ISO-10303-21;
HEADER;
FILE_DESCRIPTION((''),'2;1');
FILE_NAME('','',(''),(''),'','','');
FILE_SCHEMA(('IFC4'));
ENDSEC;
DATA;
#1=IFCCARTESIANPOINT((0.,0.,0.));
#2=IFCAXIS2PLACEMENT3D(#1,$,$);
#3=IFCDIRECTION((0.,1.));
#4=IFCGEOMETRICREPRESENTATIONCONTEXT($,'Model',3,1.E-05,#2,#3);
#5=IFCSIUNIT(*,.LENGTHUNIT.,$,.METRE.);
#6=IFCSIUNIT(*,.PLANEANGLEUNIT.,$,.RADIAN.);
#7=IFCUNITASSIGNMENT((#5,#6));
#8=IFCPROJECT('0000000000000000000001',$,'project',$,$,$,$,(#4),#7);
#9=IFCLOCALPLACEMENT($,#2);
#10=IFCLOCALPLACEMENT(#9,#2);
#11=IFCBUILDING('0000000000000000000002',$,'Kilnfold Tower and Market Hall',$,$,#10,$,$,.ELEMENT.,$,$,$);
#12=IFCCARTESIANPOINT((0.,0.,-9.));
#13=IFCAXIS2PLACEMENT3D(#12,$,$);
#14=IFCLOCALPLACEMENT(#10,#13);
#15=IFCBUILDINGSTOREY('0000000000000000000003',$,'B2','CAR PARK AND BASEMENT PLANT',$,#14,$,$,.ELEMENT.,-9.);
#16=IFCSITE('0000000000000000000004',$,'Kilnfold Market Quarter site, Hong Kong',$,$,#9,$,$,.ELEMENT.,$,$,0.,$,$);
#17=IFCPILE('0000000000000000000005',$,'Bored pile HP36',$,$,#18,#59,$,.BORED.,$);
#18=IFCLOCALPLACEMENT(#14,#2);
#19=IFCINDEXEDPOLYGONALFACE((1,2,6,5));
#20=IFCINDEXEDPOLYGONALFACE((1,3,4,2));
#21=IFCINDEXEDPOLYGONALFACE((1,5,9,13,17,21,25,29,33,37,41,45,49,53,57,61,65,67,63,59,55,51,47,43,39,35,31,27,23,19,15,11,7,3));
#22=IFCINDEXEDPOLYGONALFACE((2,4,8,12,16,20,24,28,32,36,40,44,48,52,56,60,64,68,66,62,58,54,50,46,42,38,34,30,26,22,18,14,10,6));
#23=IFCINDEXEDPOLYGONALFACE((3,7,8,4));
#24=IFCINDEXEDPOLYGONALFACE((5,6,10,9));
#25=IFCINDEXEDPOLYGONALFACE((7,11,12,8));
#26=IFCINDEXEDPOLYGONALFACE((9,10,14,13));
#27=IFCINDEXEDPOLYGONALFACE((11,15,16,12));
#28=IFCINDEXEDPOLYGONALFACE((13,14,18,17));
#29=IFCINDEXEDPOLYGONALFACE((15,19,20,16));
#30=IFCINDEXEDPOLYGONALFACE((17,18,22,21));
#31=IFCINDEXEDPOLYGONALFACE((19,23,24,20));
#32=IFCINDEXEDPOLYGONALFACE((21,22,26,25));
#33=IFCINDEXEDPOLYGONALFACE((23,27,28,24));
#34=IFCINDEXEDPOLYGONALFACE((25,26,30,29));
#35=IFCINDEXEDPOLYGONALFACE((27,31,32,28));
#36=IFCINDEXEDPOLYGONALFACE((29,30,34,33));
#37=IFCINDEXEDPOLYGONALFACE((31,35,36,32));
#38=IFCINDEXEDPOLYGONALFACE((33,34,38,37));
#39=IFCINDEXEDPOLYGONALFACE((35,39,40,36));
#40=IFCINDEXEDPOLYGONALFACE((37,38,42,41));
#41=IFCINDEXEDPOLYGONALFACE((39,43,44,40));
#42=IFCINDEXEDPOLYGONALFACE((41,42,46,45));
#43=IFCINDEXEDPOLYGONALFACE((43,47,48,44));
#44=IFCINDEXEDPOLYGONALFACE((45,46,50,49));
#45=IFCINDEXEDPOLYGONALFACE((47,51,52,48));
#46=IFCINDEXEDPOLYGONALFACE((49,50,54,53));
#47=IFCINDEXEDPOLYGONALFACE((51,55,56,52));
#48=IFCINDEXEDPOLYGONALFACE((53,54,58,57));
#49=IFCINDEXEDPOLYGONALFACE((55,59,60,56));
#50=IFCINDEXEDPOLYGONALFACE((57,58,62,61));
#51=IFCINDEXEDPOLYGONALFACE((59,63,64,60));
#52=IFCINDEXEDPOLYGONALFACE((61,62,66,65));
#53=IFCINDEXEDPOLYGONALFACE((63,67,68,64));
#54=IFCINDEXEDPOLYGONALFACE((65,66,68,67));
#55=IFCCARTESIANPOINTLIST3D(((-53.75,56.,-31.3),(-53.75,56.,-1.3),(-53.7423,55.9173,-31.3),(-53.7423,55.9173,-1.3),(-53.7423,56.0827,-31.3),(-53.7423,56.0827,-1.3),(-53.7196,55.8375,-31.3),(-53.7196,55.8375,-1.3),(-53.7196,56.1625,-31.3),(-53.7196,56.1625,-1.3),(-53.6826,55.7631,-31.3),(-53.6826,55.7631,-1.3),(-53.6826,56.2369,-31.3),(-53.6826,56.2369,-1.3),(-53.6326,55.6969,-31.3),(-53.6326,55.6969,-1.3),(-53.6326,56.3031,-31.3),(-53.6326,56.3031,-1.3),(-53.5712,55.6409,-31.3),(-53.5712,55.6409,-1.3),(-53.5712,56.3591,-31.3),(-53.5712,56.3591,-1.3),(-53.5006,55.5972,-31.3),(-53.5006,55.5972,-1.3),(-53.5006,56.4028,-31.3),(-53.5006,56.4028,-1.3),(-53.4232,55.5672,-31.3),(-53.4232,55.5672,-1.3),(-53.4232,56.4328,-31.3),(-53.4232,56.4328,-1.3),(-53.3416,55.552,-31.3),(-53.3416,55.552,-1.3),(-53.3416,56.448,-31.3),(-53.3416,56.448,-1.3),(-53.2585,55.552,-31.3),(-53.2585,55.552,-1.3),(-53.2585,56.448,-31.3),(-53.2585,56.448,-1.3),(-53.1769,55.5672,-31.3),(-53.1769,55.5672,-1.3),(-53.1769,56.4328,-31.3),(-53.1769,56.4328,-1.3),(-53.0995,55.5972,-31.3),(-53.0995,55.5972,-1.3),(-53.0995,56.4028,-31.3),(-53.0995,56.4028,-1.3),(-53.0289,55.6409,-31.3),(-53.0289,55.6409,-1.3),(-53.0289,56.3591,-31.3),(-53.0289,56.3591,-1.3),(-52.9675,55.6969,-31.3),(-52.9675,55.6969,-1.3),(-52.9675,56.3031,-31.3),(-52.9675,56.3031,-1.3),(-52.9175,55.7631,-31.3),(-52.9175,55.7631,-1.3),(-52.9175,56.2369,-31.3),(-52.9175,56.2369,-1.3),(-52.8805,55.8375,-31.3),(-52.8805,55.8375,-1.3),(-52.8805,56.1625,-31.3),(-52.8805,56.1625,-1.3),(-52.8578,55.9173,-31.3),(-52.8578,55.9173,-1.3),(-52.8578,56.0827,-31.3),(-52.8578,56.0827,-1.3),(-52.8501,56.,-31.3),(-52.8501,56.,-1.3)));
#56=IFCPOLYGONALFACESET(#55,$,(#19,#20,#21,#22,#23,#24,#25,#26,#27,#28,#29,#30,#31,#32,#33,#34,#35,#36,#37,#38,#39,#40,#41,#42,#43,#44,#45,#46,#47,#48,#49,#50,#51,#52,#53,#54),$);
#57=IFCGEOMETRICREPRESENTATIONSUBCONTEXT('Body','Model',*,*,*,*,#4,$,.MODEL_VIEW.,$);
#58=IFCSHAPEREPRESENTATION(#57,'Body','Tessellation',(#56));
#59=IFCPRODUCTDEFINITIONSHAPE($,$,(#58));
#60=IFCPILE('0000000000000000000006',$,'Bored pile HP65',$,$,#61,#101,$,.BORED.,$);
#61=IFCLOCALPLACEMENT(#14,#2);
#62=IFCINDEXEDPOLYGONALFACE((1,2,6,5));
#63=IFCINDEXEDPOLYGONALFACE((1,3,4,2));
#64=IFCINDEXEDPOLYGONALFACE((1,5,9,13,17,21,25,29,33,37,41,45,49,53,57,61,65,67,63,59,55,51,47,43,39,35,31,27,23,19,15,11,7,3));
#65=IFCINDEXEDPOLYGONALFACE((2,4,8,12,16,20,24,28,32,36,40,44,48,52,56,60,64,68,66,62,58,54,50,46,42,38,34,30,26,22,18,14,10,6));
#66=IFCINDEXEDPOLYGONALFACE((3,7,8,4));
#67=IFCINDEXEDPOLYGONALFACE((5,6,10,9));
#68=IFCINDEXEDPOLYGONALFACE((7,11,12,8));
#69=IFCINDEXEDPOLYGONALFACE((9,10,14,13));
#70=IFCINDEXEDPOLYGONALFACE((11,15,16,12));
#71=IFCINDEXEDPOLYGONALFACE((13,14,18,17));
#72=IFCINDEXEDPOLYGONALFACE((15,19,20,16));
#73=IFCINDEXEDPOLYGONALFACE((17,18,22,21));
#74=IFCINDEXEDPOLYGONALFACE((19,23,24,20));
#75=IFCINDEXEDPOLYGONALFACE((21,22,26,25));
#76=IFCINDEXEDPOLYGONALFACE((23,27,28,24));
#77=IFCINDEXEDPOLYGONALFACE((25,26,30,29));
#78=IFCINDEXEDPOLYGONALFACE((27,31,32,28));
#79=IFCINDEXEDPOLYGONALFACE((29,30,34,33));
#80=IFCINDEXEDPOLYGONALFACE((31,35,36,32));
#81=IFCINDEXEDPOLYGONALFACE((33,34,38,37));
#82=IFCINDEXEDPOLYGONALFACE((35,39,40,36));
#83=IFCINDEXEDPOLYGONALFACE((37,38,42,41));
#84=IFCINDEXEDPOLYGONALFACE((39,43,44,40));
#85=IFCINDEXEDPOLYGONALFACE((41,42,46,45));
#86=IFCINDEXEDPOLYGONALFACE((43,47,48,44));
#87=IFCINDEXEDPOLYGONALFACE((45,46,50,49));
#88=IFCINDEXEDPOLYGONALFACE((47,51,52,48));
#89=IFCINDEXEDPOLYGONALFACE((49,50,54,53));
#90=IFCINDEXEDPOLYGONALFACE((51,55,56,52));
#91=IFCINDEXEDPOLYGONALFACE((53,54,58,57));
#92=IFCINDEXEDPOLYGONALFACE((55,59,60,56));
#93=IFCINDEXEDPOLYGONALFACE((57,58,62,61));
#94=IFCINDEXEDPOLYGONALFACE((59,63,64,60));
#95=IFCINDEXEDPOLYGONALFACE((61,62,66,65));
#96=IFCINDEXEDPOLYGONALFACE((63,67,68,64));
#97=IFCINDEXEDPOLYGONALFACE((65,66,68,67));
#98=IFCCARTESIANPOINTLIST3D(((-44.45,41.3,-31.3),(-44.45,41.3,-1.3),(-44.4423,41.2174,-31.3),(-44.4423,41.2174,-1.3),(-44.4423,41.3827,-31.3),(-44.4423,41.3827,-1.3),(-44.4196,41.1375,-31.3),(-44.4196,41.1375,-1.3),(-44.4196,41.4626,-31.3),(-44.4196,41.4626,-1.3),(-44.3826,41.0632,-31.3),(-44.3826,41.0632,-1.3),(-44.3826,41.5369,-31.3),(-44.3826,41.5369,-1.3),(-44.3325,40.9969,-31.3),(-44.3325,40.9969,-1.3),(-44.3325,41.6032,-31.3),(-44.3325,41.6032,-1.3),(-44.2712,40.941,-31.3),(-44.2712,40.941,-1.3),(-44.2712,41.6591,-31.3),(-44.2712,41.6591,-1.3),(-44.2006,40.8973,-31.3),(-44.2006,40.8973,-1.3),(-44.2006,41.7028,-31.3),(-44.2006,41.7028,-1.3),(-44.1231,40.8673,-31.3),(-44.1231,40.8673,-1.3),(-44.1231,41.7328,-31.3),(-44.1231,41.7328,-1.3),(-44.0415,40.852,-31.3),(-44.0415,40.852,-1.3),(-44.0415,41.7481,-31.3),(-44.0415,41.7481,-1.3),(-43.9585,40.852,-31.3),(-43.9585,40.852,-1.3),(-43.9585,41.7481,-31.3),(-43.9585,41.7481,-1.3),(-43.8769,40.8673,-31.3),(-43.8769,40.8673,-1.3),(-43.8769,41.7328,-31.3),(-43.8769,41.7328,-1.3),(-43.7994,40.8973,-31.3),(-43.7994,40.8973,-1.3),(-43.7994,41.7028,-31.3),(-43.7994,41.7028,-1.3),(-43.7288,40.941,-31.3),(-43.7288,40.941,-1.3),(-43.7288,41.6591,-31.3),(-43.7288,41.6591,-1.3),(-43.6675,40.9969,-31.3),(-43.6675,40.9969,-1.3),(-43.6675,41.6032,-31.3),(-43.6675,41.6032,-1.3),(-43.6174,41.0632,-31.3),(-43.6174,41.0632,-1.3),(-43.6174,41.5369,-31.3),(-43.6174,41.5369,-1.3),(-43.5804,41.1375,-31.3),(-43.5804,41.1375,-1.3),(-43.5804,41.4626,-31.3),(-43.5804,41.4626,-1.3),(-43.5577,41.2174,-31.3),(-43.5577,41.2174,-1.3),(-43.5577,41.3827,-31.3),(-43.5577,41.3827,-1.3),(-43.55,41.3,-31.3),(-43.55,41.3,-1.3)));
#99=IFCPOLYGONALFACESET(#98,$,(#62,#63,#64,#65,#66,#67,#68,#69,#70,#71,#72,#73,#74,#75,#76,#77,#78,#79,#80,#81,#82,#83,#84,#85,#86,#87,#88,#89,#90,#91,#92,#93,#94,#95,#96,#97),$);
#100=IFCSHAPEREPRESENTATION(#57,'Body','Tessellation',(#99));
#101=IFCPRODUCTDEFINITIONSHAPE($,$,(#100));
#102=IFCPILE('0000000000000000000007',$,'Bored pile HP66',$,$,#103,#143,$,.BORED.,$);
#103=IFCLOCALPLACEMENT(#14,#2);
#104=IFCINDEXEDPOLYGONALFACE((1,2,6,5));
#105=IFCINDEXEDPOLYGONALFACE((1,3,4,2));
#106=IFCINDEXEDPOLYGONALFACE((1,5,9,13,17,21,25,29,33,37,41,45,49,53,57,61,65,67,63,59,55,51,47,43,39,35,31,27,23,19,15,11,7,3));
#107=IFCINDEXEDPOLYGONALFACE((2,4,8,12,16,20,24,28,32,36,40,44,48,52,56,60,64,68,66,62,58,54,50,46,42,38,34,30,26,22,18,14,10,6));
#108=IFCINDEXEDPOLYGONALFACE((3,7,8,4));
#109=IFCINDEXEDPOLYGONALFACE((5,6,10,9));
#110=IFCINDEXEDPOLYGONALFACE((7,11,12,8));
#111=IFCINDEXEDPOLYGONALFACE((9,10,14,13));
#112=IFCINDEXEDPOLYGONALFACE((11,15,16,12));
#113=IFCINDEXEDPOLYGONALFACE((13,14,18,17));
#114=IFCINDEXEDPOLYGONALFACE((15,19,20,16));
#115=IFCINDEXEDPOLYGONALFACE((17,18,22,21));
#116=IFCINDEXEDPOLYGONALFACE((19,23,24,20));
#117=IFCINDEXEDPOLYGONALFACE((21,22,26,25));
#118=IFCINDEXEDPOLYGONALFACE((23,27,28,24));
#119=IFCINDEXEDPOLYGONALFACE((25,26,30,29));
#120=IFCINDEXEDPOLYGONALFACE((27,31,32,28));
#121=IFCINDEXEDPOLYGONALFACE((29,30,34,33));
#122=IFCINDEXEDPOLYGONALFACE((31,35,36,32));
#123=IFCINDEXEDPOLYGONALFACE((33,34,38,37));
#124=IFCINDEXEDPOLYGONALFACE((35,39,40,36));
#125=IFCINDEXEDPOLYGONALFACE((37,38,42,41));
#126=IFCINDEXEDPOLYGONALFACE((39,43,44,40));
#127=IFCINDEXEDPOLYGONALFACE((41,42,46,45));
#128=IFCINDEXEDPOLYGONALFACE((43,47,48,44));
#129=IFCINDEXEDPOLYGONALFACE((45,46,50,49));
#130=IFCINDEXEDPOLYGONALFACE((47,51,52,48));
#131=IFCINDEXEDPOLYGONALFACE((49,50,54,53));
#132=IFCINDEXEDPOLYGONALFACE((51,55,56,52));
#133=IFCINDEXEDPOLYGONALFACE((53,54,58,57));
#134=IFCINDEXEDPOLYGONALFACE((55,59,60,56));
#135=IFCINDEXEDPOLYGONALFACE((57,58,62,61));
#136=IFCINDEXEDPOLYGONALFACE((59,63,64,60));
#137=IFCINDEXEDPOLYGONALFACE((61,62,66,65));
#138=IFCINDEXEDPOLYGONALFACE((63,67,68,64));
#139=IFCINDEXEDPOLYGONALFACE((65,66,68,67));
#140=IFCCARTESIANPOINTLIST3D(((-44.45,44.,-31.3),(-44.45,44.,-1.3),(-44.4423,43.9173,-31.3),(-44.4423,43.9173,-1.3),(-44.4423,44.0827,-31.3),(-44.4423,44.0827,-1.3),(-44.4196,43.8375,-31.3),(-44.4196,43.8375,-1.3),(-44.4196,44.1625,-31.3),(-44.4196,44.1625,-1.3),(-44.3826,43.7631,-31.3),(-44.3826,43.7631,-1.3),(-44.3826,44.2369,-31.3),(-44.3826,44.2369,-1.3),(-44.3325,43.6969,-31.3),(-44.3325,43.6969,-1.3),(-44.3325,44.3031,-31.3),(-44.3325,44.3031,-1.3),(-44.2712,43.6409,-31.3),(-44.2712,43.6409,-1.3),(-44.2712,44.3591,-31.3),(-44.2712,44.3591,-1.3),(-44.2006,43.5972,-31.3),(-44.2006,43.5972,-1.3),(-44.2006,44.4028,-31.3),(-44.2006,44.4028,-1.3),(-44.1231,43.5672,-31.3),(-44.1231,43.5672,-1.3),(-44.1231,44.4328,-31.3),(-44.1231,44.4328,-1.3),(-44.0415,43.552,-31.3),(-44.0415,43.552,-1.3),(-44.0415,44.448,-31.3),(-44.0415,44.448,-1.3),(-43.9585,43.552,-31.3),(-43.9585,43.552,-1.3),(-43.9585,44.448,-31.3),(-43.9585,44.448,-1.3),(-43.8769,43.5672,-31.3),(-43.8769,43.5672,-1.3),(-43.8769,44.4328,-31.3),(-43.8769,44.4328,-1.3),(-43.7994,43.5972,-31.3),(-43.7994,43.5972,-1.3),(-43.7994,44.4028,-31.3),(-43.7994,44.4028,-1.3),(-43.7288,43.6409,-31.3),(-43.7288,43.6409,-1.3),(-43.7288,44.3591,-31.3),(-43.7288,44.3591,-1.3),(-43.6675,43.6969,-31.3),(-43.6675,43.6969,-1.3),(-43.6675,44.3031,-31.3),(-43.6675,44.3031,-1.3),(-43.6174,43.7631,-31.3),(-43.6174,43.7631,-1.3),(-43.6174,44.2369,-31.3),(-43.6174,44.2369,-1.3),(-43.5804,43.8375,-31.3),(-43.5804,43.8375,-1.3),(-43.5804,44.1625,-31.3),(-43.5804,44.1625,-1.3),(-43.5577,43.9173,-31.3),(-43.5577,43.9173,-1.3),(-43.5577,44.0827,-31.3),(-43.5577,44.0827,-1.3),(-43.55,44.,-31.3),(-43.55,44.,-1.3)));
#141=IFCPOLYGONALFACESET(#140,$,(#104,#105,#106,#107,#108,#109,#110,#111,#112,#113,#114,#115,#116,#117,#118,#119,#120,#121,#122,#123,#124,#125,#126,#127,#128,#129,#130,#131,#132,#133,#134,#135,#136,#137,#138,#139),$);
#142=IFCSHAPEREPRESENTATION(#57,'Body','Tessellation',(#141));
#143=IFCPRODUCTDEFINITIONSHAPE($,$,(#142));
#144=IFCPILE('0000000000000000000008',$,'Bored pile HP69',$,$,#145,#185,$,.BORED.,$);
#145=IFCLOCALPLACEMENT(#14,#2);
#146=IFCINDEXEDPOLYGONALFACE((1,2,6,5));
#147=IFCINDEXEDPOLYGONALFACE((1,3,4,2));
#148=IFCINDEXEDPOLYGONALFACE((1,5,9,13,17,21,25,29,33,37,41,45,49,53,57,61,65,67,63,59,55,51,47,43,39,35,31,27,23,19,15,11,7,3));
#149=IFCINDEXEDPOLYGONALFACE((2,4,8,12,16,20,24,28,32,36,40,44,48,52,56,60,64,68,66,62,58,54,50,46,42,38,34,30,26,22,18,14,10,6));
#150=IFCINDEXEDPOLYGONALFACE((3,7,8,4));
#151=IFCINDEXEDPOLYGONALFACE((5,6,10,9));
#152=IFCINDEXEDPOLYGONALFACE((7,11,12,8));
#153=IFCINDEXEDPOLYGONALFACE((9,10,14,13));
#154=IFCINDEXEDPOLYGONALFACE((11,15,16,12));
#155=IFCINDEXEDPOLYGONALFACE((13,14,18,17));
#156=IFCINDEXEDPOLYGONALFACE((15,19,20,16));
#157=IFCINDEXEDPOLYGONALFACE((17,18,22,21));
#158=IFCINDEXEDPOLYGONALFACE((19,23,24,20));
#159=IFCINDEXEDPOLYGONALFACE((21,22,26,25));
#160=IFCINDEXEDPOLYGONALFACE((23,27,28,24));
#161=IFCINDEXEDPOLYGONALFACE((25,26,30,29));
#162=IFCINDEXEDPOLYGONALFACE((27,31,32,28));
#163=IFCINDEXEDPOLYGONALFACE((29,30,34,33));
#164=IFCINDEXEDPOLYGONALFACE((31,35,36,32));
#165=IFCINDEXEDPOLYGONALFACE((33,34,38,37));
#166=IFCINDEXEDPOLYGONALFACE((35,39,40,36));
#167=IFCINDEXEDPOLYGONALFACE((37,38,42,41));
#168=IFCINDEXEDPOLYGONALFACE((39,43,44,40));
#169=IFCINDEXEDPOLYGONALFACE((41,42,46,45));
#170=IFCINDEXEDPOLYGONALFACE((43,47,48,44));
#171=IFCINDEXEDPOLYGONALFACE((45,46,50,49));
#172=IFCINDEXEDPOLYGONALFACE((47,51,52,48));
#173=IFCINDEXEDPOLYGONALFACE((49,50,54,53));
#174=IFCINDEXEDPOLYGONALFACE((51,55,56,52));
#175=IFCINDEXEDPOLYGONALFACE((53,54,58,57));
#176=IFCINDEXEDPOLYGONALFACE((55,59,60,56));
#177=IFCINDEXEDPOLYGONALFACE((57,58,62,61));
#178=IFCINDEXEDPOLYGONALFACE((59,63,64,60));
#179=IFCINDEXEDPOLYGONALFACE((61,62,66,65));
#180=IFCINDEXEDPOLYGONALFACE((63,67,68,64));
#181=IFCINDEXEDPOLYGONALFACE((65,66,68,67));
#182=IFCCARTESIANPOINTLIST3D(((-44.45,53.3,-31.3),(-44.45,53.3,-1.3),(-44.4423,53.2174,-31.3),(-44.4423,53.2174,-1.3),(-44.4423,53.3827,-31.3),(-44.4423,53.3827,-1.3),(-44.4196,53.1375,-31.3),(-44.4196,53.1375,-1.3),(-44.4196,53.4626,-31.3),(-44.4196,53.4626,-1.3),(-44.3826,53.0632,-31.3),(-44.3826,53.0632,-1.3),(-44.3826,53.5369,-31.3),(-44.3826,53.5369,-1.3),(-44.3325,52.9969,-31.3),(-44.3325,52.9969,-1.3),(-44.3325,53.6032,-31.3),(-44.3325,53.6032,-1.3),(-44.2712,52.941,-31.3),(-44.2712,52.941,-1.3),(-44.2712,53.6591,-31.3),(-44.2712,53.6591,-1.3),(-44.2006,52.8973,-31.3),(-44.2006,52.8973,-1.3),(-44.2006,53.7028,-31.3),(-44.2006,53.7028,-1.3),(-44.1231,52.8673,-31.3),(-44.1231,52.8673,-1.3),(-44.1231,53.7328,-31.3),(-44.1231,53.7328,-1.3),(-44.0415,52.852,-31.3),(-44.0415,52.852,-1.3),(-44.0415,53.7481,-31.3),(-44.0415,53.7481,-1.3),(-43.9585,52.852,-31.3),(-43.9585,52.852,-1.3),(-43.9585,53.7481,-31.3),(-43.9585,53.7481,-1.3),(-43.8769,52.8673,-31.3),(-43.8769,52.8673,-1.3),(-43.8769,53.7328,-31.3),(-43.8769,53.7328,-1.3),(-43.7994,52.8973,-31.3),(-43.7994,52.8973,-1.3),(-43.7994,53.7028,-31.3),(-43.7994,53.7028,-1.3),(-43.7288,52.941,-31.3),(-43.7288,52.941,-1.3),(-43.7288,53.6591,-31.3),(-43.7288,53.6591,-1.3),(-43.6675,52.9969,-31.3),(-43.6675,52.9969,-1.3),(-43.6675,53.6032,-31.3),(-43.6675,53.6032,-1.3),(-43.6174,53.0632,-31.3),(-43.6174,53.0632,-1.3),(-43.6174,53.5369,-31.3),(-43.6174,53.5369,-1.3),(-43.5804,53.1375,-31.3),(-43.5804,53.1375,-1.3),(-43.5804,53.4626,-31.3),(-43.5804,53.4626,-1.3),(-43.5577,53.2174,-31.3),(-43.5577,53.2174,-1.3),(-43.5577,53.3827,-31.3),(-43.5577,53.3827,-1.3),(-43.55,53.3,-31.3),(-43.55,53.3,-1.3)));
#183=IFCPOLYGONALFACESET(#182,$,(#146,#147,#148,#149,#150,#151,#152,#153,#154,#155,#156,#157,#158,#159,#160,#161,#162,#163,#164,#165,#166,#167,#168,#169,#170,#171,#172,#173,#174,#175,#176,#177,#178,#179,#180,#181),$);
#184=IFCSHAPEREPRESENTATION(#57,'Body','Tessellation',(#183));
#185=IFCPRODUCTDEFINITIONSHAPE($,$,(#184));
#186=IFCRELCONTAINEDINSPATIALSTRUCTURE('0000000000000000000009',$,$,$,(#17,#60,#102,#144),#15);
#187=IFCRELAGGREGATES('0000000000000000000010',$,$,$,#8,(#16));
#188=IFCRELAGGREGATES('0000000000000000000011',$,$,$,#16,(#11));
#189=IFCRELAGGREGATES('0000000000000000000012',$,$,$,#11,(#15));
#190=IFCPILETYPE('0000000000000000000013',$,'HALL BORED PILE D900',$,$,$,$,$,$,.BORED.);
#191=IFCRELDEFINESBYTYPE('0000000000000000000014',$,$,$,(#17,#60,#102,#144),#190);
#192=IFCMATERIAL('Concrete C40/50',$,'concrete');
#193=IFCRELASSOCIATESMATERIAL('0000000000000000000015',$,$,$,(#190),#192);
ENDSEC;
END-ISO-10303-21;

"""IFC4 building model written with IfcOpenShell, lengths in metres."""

from ifc_helpers import new_model, si_unit, direction, frame, origin, origin_2d, place, context, subcontext, project, spatial, circle, extrude, source, transform, mapped, material, material_profile, profile_set, type_object, element, save


model = new_model("IFC4")

# Units and contexts
model_context = context("Model", 3, precision=1e-05, world=origin(), true_north=direction((0.0, 1.0)))
body_context = subcontext(model_context, "Body", "Model", "MODEL_VIEW")
ifc_project = project(units=[si_unit("LENGTHUNIT", "METRE"), si_unit("PLANEANGLEUNIT", "RADIAN")], contexts=[model_context])

# Site, building, storey
site_placement = place(None, origin())
site = spatial("IfcSite", under=ifc_project, at=site_placement, Name="Kilnfold Market Quarter site, Hong Kong", CompositionType="ELEMENT", RefElevation=0.0)
building_placement = place(site_placement, origin())
building = spatial("IfcBuilding", under=site, at=building_placement, Name="Kilnfold Tower and Market Hall", CompositionType="ELEMENT")
storey_placement = place(building_placement, frame((0.0, 0.0, -9.0)))
storey = spatial("IfcBuildingStorey", under=building, at=storey_placement, Name="B2", Description="CAR PARK AND BASEMENT PLANT", CompositionType="ELEMENT", Elevation=-9.0)

# Piles
ifc_material_1 = material(Name="Concrete C40/50", Category="concrete")
ifc_material_profile_1 = material_profile(ifc_material_1, circle(Radius=0.45, at=origin_2d()), Name="D900")
ifc_profile_set_1 = profile_set([ifc_material_profile_1], Name="Concrete C40/50")
pile_type = type_object("IfcPileType", Name="HALL BORED PILE D900", PredefinedType="BORED", material=ifc_profile_set_1)
shared_shape_1 = source(origin(), body_context, "Body", "SweptSolid", [
    extrude(circle(Radius=0.45, at=origin_2d()), origin(), (0.0, 0.0, 1.0), 30.0),
])
for number, where, z_axis, x_axis, name in (
    (1, (-53.3, 56.0, -1.3), (0.0, 0.0, -1.0), (1.0, 0.0, 0.0), "Bored pile HP36"),
    (2, (-44.0, 41.3, -1.3), (0.0, 0.0, -1.0), (1.0, 0.0, 0.0), "Bored pile HP65"),
    (3, (-44.0, 44.0, -1.3), (0.0, 0.0, -1.0), (1.0, 0.0, 0.0), "Bored pile HP66"),
    (4, (-44.0, 53.3, -1.3), (0.0, 0.0, -1.0), (1.0, 0.0, 0.0), "Bored pile HP69"),
):
    element("IfcPile", number, at=place(storey_placement, frame(where, z_axis=z_axis, x_axis=x_axis)), inside=storey, type_object=pile_type, Name=name, PredefinedType="BORED", context=body_context, shape_type="MappedRepresentation", body=[
        mapped(shared_shape_1, transform((0.0, 0.0, 0.0))),
    ])

save(model, "model.ifc")
